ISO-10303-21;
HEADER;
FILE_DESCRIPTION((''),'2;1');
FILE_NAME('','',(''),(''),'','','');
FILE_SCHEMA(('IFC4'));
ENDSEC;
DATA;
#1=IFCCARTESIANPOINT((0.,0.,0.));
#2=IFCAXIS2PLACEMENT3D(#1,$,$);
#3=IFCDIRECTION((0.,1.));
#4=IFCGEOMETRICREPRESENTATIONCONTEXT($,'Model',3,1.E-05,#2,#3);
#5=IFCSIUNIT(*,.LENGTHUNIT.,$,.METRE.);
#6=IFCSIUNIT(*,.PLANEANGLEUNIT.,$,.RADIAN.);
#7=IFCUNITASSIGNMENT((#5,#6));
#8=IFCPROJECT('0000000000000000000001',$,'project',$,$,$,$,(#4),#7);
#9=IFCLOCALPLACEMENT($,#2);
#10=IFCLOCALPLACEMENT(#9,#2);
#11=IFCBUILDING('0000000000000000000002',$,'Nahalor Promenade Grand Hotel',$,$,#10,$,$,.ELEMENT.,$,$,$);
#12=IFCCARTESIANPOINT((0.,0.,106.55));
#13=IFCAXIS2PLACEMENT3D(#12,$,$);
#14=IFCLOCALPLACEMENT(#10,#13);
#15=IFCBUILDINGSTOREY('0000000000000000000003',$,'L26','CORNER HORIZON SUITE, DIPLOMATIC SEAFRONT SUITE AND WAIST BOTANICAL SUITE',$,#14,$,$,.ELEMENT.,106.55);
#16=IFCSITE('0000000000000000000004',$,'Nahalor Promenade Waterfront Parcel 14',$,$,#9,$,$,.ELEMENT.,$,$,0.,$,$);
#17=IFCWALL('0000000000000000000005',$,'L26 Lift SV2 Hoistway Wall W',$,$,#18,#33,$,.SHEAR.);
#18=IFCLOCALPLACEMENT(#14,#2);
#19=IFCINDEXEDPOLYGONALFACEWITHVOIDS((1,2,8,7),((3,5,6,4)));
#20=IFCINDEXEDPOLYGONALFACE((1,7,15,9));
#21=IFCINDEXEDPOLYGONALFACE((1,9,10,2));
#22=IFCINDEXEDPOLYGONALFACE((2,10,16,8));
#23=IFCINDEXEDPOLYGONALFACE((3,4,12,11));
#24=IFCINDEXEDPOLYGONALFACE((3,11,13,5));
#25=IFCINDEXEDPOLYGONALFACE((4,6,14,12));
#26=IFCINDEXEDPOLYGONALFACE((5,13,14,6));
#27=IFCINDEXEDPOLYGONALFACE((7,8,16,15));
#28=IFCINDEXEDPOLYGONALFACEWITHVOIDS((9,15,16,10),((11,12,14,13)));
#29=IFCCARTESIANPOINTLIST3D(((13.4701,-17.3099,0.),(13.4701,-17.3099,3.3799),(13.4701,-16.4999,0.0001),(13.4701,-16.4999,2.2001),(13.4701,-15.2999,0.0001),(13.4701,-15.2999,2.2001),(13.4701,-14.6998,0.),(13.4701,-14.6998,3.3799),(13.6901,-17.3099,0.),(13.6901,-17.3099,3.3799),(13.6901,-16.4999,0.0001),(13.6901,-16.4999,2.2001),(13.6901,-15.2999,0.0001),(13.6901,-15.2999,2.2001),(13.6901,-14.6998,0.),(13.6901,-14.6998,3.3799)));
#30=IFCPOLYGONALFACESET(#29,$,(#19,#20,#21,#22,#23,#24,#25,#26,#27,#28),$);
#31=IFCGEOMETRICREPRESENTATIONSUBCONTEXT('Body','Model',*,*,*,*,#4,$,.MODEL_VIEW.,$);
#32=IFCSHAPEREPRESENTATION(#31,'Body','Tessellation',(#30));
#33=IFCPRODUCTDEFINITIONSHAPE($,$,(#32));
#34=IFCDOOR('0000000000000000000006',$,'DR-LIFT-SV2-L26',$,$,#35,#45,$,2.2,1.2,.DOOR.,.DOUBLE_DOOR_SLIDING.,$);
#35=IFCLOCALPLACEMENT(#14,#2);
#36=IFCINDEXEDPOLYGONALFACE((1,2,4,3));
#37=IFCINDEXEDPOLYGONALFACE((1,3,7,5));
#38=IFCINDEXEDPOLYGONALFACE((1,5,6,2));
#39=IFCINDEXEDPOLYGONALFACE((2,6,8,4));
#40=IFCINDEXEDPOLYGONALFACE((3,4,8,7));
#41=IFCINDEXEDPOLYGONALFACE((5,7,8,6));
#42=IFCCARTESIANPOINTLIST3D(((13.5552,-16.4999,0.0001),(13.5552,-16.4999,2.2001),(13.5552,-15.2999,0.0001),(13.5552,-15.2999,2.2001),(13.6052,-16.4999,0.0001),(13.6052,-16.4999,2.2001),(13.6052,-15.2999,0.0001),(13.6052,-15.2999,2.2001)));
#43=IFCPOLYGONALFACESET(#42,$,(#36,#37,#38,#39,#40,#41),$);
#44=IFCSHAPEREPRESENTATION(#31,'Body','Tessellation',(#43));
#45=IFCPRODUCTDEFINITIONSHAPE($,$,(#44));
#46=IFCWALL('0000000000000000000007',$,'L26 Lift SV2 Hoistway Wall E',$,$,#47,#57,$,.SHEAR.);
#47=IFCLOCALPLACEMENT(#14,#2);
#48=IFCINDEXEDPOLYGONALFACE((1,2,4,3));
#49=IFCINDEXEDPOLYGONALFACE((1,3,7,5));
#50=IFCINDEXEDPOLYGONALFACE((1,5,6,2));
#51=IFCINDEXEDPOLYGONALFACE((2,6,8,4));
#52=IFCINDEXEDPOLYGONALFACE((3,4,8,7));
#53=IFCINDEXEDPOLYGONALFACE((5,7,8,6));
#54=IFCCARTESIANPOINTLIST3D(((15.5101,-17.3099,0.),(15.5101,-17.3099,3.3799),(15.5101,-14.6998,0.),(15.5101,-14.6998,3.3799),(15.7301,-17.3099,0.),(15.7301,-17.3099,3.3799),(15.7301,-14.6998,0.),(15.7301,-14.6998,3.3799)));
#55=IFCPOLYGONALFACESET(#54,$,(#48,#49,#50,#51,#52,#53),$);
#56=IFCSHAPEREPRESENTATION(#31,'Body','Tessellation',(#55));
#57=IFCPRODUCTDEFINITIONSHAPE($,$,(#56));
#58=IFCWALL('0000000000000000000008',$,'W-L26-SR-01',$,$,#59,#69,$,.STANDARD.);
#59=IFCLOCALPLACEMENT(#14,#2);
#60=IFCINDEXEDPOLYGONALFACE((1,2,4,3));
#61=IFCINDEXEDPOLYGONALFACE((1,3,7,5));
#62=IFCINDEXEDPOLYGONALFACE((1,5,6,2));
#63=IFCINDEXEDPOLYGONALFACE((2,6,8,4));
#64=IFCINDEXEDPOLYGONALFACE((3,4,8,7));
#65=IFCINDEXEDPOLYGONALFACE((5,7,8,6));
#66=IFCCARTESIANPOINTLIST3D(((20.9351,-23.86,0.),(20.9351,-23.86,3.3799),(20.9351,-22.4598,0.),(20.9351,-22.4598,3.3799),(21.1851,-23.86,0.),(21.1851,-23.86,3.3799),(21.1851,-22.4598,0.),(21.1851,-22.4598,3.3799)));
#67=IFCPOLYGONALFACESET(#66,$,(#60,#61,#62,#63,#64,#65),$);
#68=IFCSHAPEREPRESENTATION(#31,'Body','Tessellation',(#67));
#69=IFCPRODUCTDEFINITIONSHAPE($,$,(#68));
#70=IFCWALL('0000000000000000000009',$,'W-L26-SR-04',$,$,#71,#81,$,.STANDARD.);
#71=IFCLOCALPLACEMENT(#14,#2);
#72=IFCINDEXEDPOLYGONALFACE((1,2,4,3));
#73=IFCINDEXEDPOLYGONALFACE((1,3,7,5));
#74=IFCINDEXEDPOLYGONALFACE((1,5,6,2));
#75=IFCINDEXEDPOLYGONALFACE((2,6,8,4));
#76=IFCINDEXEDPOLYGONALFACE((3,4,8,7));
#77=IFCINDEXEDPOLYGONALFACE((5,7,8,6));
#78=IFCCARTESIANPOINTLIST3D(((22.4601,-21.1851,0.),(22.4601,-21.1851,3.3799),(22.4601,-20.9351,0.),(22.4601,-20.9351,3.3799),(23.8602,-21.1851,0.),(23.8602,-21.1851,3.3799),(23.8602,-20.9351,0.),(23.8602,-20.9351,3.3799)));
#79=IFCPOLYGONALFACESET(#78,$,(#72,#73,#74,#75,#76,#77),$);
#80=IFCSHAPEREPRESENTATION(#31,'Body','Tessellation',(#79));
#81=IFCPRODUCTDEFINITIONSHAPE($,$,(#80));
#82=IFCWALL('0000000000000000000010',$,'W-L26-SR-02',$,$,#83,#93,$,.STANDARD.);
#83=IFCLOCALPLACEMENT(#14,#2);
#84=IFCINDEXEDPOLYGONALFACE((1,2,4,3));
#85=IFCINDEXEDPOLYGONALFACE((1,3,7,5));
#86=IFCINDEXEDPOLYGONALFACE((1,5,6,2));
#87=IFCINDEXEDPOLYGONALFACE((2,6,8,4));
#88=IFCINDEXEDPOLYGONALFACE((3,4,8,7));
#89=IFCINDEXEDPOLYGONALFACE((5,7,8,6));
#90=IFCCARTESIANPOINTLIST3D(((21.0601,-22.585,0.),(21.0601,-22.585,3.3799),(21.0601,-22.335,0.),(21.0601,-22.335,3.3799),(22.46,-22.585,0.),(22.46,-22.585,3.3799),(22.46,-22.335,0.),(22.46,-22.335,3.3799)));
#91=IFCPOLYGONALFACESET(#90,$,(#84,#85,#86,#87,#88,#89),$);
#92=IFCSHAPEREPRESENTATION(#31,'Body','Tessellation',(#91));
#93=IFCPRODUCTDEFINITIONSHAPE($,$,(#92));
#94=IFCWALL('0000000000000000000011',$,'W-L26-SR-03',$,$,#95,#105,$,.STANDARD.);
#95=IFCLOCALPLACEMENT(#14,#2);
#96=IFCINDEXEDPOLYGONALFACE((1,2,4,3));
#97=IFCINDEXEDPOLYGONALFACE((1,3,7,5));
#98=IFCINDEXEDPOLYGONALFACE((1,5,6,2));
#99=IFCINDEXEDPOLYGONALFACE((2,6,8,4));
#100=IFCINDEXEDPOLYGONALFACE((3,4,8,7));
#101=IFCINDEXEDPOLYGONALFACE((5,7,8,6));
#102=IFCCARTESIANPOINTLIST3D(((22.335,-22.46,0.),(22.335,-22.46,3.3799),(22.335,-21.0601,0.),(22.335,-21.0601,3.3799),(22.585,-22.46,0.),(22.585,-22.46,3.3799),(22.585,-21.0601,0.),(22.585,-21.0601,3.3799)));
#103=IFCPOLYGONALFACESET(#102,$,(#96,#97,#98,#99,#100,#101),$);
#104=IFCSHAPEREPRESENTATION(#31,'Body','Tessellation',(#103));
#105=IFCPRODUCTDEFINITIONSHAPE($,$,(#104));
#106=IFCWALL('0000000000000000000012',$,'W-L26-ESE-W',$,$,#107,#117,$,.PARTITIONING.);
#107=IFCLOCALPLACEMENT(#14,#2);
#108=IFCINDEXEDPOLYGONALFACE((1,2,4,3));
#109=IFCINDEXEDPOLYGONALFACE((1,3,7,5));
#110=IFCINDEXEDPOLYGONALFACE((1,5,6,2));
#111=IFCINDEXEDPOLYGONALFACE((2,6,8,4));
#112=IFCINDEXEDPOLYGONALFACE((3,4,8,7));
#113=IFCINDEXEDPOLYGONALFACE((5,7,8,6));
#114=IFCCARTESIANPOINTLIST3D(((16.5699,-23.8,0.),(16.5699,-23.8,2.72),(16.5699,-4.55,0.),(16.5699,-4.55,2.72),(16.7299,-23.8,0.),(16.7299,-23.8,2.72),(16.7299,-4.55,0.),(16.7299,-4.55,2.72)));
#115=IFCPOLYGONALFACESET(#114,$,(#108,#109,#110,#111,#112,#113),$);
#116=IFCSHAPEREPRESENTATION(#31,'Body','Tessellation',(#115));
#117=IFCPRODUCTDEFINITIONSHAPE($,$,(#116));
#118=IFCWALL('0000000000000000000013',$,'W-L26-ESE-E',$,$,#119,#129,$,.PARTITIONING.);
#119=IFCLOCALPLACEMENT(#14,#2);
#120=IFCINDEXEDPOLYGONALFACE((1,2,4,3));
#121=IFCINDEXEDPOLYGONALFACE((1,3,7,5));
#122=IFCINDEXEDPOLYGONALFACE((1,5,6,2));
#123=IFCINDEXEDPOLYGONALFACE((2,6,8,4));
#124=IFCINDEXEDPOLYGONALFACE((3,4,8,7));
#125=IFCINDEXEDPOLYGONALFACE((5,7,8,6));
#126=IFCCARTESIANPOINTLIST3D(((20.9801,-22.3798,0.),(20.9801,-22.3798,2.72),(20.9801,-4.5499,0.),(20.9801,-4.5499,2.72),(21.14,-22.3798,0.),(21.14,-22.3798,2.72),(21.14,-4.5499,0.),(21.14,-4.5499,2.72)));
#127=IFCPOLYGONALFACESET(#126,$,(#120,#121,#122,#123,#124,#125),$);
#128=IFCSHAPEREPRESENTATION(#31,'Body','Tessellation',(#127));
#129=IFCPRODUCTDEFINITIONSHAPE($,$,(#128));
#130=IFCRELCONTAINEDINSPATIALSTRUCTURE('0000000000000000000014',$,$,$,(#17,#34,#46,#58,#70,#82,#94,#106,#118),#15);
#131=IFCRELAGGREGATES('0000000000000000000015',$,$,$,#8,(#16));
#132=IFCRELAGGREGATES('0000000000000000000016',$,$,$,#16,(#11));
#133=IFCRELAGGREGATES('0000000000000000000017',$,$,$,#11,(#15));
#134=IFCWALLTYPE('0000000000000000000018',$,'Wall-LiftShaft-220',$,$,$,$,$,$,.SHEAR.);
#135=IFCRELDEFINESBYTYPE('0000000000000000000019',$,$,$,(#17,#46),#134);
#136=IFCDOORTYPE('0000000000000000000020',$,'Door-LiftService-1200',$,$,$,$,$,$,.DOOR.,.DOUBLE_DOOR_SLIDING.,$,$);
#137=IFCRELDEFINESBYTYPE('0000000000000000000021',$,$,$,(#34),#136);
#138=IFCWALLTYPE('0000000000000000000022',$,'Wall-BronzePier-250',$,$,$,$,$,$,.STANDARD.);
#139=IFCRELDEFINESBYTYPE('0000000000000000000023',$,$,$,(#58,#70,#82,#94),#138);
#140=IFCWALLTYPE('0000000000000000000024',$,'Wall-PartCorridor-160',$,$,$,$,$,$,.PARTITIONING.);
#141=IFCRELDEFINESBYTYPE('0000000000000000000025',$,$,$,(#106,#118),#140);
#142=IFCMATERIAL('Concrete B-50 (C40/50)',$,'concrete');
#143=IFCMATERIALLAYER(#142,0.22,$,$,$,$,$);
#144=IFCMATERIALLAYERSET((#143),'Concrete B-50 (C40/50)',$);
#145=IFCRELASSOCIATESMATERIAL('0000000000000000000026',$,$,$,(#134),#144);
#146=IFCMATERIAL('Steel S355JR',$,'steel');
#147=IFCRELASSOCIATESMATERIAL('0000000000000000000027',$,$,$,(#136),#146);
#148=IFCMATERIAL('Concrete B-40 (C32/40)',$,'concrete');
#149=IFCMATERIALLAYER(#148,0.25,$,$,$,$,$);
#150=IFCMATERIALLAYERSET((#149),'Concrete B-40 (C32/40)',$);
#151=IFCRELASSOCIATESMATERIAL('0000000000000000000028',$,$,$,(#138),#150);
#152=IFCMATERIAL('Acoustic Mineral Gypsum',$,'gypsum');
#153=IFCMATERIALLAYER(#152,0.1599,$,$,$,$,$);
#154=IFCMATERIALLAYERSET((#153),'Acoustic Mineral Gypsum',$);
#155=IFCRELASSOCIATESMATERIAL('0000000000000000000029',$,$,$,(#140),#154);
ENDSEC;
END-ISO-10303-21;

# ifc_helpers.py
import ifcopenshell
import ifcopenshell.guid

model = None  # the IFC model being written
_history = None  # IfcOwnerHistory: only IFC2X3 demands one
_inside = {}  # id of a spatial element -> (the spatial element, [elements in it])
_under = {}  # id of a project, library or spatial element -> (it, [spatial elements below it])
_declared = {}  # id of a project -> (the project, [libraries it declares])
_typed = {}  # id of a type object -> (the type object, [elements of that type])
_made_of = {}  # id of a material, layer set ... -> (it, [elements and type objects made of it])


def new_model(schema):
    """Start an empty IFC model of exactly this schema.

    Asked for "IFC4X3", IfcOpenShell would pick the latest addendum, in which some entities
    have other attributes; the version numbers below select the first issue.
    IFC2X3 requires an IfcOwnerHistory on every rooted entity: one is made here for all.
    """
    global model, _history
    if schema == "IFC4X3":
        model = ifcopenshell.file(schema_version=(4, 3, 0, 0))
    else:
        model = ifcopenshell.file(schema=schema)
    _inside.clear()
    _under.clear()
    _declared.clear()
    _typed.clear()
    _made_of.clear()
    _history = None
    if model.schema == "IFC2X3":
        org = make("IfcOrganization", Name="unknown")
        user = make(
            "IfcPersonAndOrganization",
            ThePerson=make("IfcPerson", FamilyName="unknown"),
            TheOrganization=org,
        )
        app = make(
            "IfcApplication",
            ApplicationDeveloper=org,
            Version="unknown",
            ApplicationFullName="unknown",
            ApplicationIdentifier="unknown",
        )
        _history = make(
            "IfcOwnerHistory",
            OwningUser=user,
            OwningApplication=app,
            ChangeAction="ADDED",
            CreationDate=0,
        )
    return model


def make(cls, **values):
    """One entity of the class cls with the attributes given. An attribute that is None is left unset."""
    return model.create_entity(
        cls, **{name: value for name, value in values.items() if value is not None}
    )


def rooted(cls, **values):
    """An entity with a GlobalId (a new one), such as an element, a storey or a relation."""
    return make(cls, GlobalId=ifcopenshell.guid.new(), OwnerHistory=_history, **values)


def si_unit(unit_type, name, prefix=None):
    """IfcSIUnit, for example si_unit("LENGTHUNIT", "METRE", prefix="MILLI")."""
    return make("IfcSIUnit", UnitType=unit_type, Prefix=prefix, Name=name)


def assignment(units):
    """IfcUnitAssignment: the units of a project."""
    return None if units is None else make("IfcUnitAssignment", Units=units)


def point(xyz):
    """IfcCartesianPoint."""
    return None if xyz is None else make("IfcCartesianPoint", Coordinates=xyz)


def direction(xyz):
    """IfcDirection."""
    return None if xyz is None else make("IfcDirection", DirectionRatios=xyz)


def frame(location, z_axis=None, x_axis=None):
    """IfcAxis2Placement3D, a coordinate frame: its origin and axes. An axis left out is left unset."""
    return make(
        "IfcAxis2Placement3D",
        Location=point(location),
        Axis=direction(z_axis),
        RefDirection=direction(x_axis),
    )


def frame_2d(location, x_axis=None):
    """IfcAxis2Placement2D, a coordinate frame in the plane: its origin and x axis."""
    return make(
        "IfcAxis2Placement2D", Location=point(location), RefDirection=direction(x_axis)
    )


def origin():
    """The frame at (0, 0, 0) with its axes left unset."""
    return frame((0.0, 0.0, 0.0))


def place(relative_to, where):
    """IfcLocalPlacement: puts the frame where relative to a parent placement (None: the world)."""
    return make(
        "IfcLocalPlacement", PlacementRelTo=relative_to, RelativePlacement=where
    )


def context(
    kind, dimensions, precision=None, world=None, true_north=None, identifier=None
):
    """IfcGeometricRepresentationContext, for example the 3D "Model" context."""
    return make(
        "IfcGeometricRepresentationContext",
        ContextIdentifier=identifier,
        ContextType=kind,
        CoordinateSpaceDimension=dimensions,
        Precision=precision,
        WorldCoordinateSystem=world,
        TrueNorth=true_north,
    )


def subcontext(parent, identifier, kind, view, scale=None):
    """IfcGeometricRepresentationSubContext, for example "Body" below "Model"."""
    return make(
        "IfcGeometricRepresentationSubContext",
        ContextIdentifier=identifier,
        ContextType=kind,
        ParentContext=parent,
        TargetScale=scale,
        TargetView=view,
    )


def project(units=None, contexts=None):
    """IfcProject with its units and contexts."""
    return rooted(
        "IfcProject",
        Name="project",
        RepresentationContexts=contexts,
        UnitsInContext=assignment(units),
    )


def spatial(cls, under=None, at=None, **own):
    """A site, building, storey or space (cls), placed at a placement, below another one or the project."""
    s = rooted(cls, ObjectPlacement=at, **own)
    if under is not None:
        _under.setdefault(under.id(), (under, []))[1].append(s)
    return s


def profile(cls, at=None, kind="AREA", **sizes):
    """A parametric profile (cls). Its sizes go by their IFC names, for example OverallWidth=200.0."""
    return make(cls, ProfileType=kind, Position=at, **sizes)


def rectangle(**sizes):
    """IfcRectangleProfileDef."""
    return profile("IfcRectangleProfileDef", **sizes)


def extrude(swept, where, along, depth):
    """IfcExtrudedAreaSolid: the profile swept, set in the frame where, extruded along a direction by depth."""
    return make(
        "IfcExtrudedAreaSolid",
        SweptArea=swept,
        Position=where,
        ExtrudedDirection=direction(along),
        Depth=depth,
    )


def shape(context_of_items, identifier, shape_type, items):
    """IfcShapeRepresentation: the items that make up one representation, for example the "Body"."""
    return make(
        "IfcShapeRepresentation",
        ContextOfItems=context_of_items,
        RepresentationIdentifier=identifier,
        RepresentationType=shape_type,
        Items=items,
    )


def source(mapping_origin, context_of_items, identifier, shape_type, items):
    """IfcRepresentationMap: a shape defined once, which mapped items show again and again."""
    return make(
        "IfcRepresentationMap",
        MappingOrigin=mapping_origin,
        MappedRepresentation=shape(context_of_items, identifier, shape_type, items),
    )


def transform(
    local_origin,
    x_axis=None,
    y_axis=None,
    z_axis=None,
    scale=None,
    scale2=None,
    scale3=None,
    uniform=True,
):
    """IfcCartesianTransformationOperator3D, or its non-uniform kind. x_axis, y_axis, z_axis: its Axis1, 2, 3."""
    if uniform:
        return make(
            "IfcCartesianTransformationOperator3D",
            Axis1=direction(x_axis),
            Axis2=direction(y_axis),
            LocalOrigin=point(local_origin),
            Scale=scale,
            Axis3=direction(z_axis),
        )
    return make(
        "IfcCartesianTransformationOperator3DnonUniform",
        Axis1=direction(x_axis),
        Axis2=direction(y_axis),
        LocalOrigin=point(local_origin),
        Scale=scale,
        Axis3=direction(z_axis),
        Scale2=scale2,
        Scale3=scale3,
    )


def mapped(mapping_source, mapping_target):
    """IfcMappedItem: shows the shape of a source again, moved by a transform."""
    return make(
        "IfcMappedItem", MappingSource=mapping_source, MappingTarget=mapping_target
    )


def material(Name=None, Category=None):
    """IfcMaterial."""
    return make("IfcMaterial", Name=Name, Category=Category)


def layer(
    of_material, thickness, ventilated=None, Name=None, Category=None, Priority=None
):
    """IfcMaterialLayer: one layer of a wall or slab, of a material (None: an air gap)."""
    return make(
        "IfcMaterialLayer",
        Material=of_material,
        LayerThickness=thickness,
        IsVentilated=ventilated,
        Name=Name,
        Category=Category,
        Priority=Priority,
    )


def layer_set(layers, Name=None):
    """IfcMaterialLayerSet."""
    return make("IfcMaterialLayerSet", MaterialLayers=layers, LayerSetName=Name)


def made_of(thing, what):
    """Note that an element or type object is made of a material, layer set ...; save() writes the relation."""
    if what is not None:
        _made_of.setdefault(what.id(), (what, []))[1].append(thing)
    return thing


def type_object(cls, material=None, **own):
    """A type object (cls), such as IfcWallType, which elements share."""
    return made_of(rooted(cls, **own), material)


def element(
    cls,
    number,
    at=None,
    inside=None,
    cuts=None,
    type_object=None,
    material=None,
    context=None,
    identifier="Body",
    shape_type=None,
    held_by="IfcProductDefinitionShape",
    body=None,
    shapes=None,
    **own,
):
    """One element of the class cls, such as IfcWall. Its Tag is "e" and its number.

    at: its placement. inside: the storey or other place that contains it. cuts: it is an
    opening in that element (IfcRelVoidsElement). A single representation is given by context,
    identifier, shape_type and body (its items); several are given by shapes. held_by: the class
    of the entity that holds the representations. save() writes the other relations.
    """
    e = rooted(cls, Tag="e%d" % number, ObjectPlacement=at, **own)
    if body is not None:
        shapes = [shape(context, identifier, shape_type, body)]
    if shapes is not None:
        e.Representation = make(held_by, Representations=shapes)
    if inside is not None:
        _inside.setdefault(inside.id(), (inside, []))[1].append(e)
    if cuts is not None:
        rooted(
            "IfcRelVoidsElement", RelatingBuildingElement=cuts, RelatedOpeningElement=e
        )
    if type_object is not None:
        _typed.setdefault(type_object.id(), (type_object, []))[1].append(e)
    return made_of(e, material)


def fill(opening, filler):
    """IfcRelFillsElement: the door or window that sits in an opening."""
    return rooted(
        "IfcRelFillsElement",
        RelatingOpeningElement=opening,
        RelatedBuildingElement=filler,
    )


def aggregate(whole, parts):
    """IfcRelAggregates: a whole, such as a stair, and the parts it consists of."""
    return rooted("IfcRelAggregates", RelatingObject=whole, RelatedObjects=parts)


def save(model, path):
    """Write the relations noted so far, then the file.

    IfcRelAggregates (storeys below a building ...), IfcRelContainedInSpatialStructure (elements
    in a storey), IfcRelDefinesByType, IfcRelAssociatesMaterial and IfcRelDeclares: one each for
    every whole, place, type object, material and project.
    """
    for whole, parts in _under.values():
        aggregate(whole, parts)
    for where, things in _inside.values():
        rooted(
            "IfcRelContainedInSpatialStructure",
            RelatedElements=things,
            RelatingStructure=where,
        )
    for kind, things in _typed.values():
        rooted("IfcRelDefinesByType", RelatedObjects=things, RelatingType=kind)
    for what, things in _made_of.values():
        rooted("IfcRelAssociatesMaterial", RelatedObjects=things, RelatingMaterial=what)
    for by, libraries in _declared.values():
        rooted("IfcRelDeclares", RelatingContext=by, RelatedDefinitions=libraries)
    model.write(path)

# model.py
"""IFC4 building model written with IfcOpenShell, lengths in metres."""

from ifc_helpers import new_model, si_unit, direction, frame, frame_2d, origin, place, context, subcontext, project, spatial, rectangle, extrude, source, transform, mapped, material, layer, layer_set, type_object, element, fill, save


model = new_model("IFC4")

# Units and contexts
model_context = context("Model", 3, precision=1e-05, world=origin(), true_north=direction((0.0, 1.0)))
body_context = subcontext(model_context, "Body", "Model", "MODEL_VIEW")
ifc_project = project(units=[si_unit("LENGTHUNIT", "METRE"), si_unit("PLANEANGLEUNIT", "RADIAN")], contexts=[model_context])

# Site, building, storey
site_placement = place(None, origin())
site = spatial("IfcSite", under=ifc_project, at=site_placement, Name="Nahalor Promenade Waterfront Parcel 14", CompositionType="ELEMENT", RefElevation=0.0)
building_placement = place(site_placement, origin())
building = spatial("IfcBuilding", under=site, at=building_placement, Name="Nahalor Promenade Grand Hotel", CompositionType="ELEMENT")
storey_placement = place(building_placement, frame((0.0, 0.0, 106.55)))
storey = spatial("IfcBuildingStorey", under=building, at=storey_placement, Name="L26", Description="CORNER HORIZON SUITE, DIPLOMATIC SEAFRONT SUITE AND WAIST BOTANICAL SUITE", CompositionType="ELEMENT", Elevation=106.55)

# Shared definitions
ifc_material_1 = material(Name="Steel S355JR", Category="steel")

# Shared definitions
ifc_material_2 = material(Name="Concrete B-50 (C40/50)", Category="concrete")
ifc_layer_1 = layer(ifc_material_2, 0.22)
ifc_layer_set_1 = layer_set([ifc_layer_1], Name="Concrete B-50 (C40/50)")
wall_type_1 = type_object("IfcWallType", Name="Wall-LiftShaft-220", PredefinedType="SHEAR", material=ifc_layer_set_1)

# Wall, opening, door
shared_shape_1 = source(origin(), body_context, "Body", "SweptSolid", [
    extrude(rectangle(XDim=2.6101, YDim=0.22, at=frame_2d((1.3052, 0.0))), origin(), (0.0, 0.0, 1.0), 3.3799),
])
wall_1_placement = place(storey_placement, frame((13.5801, -17.3101, 0.0), z_axis=(0.0, 0.0, 1.0), x_axis=(0.0, 1.0, 0.0)))
wall_1 = element("IfcWall", 1, at=wall_1_placement, inside=storey, type_object=wall_type_1, Name="L26 Lift SV2 Hoistway Wall W", PredefinedType="SHEAR", context=body_context, shape_type="MappedRepresentation", body=[
    mapped(shared_shape_1, transform((0.0, 0.0, 0.0), scale=1.0)),
])
opening_placement = place(wall_1_placement, frame((0.8101, 0.0, 0.0)))
opening = element("IfcOpeningElement", 2, at=opening_placement, cuts=wall_1, PredefinedType="OPENING", context=body_context, shape_type="SweptSolid", body=[
    extrude(rectangle(XDim=1.2, YDim=2.2, at=frame_2d((0.6001, 1.1001))), frame((0.0, 0.1199, 0.0), z_axis=(0.0, -1.0, 0.0), x_axis=(1.0, 0.0, 0.0)), (0.0, 0.0, 1.0), 0.24),
])
door_type = type_object("IfcDoorType", Name="Door-LiftService-1200", OperationType="DOUBLE_DOOR_SLIDING", PredefinedType="DOOR", material=ifc_material_1)
shared_shape_2 = source(origin(), body_context, "Body", "SweptSolid", [
    extrude(rectangle(XDim=1.2, YDim=2.2, at=frame_2d((0.6001, 1.1001))), frame((0.0, 0.0249, 0.0), z_axis=(0.0, -1.0, 0.0), x_axis=(1.0, 0.0, 0.0)), (0.0, 0.0, 1.0), 0.05),
])
door_placement = place(opening_placement, origin())
door = element("IfcDoor", 3, at=door_placement, inside=storey, type_object=door_type, Name="DR-LIFT-SV2-L26", OperationType="DOUBLE_DOOR_SLIDING", OverallHeight=2.2, OverallWidth=1.2, PredefinedType="DOOR", context=body_context, shape_type="MappedRepresentation", body=[
    mapped(shared_shape_2, transform((0.0, 0.0, 0.0), scale=1.0)),
])
fill(opening, door)

# Walls
wall_2_placement = place(storey_placement, frame((15.6201, -17.3101, 0.0), z_axis=(0.0, 0.0, 1.0), x_axis=(0.0, 1.0, 0.0)))
element("IfcWall", 4, at=wall_2_placement, inside=storey, type_object=wall_type_1, Name="L26 Lift SV2 Hoistway Wall E", PredefinedType="SHEAR", context=body_context, shape_type="MappedRepresentation", body=[
    mapped(shared_shape_1, transform((0.0, 0.0, 0.0), scale=1.0)),
])
ifc_material_3 = material(Name="Concrete B-40 (C32/40)", Category="concrete")
ifc_layer_2 = layer(ifc_material_3, 0.25)
ifc_layer_set_2 = layer_set([ifc_layer_2], Name="Concrete B-40 (C32/40)")
wall_type_2 = type_object("IfcWallType", Name="Wall-BronzePier-250", PredefinedType="STANDARD", material=ifc_layer_set_2)
shared_shape_3 = source(origin(), body_context, "Body", "SweptSolid", [
    extrude(rectangle(XDim=1.4001, YDim=0.25, at=frame_2d((0.7002, 0.0))), origin(), (0.0, 0.0, 1.0), 3.3799),
])
for number, where, z_axis, x_axis, name in (
    (5, (21.0601, -23.8601, 0.0), (0.0, 0.0, 1.0), (0.0, 1.0, 0.0), "W-L26-SR-01"),
    (6, (22.46, -21.0601, 0.0), (0.0, 0.0, 1.0), (1.0, 0.0, 0.0), "W-L26-SR-04"),
):
    element("IfcWall", number, at=place(storey_placement, frame(where, z_axis=z_axis, x_axis=x_axis)), inside=storey, type_object=wall_type_2, Name=name, PredefinedType="STANDARD", context=body_context, shape_type="MappedRepresentation", body=[
        mapped(shared_shape_3, transform((0.0, 0.0, 0.0), scale=1.0)),
    ])
shared_shape_4 = source(origin(), body_context, "Body", "SweptSolid", [
    extrude(rectangle(XDim=1.3999, YDim=0.25, at=frame_2d((0.7, 0.0))), origin(), (0.0, 0.0, 1.0), 3.3799),
])
for number, where, z_axis, x_axis, name in (
    (7, (21.0601, -22.46, 0.0), (0.0, 0.0, 1.0), (1.0, 0.0, 0.0), "W-L26-SR-02"),
    (8, (22.46, -22.46, 0.0), (0.0, 0.0, 1.0), (0.0, 1.0, 0.0), "W-L26-SR-03"),
):
    element("IfcWall", number, at=place(storey_placement, frame(where, z_axis=z_axis, x_axis=x_axis)), inside=storey, type_object=wall_type_2, Name=name, PredefinedType="STANDARD", context=body_context, shape_type="MappedRepresentation", body=[
        mapped(shared_shape_4, transform((0.0, 0.0, 0.0), scale=1.0)),
    ])
ifc_material_4 = material(Name="Acoustic Mineral Gypsum", Category="gypsum")
ifc_layer_3 = layer(ifc_material_4, 0.1599)
ifc_layer_set_3 = layer_set([ifc_layer_3], Name="Acoustic Mineral Gypsum")
wall_type_3 = type_object("IfcWallType", Name="Wall-PartCorridor-160", PredefinedType="PARTITIONING", material=ifc_layer_set_3)
shared_shape_5 = source(origin(), body_context, "Body", "SweptSolid", [
    extrude(rectangle(XDim=19.25, YDim=0.1599, at=frame_2d((9.625, 0.0))), origin(), (0.0, 0.0, 1.0), 2.72),
])
wall_3_placement = place(storey_placement, frame((16.6499, -23.8, 0.0), z_axis=(0.0, 0.0, 1.0), x_axis=(0.0, 1.0, 0.0)))
element("IfcWall", 9, at=wall_3_placement, inside=storey, type_object=wall_type_3, Name="W-L26-ESE-W", PredefinedType="PARTITIONING", context=body_context, shape_type="MappedRepresentation", body=[
    mapped(shared_shape_5, transform((0.0, 0.0, 0.0), scale=1.0)),
])
shared_shape_6 = source(origin(), body_context, "Body", "SweptSolid", [
    extrude(rectangle(XDim=17.8298, YDim=0.1599, at=frame_2d((8.915, 0.0))), origin(), (0.0, 0.0, 1.0), 2.72),
])
wall_4_placement = place(storey_placement, frame((21.0601, -22.3799, 0.0), z_axis=(0.0, 0.0, 1.0), x_axis=(0.0, 1.0, 0.0)))
element("IfcWall", 10, at=wall_4_placement, inside=storey, type_object=wall_type_3, Name="W-L26-ESE-E", PredefinedType="PARTITIONING", context=body_context, shape_type="MappedRepresentation", body=[
    mapped(shared_shape_6, transform((0.0, 0.0, 0.0), scale=1.0)),
])

save(model, "model.ifc")
